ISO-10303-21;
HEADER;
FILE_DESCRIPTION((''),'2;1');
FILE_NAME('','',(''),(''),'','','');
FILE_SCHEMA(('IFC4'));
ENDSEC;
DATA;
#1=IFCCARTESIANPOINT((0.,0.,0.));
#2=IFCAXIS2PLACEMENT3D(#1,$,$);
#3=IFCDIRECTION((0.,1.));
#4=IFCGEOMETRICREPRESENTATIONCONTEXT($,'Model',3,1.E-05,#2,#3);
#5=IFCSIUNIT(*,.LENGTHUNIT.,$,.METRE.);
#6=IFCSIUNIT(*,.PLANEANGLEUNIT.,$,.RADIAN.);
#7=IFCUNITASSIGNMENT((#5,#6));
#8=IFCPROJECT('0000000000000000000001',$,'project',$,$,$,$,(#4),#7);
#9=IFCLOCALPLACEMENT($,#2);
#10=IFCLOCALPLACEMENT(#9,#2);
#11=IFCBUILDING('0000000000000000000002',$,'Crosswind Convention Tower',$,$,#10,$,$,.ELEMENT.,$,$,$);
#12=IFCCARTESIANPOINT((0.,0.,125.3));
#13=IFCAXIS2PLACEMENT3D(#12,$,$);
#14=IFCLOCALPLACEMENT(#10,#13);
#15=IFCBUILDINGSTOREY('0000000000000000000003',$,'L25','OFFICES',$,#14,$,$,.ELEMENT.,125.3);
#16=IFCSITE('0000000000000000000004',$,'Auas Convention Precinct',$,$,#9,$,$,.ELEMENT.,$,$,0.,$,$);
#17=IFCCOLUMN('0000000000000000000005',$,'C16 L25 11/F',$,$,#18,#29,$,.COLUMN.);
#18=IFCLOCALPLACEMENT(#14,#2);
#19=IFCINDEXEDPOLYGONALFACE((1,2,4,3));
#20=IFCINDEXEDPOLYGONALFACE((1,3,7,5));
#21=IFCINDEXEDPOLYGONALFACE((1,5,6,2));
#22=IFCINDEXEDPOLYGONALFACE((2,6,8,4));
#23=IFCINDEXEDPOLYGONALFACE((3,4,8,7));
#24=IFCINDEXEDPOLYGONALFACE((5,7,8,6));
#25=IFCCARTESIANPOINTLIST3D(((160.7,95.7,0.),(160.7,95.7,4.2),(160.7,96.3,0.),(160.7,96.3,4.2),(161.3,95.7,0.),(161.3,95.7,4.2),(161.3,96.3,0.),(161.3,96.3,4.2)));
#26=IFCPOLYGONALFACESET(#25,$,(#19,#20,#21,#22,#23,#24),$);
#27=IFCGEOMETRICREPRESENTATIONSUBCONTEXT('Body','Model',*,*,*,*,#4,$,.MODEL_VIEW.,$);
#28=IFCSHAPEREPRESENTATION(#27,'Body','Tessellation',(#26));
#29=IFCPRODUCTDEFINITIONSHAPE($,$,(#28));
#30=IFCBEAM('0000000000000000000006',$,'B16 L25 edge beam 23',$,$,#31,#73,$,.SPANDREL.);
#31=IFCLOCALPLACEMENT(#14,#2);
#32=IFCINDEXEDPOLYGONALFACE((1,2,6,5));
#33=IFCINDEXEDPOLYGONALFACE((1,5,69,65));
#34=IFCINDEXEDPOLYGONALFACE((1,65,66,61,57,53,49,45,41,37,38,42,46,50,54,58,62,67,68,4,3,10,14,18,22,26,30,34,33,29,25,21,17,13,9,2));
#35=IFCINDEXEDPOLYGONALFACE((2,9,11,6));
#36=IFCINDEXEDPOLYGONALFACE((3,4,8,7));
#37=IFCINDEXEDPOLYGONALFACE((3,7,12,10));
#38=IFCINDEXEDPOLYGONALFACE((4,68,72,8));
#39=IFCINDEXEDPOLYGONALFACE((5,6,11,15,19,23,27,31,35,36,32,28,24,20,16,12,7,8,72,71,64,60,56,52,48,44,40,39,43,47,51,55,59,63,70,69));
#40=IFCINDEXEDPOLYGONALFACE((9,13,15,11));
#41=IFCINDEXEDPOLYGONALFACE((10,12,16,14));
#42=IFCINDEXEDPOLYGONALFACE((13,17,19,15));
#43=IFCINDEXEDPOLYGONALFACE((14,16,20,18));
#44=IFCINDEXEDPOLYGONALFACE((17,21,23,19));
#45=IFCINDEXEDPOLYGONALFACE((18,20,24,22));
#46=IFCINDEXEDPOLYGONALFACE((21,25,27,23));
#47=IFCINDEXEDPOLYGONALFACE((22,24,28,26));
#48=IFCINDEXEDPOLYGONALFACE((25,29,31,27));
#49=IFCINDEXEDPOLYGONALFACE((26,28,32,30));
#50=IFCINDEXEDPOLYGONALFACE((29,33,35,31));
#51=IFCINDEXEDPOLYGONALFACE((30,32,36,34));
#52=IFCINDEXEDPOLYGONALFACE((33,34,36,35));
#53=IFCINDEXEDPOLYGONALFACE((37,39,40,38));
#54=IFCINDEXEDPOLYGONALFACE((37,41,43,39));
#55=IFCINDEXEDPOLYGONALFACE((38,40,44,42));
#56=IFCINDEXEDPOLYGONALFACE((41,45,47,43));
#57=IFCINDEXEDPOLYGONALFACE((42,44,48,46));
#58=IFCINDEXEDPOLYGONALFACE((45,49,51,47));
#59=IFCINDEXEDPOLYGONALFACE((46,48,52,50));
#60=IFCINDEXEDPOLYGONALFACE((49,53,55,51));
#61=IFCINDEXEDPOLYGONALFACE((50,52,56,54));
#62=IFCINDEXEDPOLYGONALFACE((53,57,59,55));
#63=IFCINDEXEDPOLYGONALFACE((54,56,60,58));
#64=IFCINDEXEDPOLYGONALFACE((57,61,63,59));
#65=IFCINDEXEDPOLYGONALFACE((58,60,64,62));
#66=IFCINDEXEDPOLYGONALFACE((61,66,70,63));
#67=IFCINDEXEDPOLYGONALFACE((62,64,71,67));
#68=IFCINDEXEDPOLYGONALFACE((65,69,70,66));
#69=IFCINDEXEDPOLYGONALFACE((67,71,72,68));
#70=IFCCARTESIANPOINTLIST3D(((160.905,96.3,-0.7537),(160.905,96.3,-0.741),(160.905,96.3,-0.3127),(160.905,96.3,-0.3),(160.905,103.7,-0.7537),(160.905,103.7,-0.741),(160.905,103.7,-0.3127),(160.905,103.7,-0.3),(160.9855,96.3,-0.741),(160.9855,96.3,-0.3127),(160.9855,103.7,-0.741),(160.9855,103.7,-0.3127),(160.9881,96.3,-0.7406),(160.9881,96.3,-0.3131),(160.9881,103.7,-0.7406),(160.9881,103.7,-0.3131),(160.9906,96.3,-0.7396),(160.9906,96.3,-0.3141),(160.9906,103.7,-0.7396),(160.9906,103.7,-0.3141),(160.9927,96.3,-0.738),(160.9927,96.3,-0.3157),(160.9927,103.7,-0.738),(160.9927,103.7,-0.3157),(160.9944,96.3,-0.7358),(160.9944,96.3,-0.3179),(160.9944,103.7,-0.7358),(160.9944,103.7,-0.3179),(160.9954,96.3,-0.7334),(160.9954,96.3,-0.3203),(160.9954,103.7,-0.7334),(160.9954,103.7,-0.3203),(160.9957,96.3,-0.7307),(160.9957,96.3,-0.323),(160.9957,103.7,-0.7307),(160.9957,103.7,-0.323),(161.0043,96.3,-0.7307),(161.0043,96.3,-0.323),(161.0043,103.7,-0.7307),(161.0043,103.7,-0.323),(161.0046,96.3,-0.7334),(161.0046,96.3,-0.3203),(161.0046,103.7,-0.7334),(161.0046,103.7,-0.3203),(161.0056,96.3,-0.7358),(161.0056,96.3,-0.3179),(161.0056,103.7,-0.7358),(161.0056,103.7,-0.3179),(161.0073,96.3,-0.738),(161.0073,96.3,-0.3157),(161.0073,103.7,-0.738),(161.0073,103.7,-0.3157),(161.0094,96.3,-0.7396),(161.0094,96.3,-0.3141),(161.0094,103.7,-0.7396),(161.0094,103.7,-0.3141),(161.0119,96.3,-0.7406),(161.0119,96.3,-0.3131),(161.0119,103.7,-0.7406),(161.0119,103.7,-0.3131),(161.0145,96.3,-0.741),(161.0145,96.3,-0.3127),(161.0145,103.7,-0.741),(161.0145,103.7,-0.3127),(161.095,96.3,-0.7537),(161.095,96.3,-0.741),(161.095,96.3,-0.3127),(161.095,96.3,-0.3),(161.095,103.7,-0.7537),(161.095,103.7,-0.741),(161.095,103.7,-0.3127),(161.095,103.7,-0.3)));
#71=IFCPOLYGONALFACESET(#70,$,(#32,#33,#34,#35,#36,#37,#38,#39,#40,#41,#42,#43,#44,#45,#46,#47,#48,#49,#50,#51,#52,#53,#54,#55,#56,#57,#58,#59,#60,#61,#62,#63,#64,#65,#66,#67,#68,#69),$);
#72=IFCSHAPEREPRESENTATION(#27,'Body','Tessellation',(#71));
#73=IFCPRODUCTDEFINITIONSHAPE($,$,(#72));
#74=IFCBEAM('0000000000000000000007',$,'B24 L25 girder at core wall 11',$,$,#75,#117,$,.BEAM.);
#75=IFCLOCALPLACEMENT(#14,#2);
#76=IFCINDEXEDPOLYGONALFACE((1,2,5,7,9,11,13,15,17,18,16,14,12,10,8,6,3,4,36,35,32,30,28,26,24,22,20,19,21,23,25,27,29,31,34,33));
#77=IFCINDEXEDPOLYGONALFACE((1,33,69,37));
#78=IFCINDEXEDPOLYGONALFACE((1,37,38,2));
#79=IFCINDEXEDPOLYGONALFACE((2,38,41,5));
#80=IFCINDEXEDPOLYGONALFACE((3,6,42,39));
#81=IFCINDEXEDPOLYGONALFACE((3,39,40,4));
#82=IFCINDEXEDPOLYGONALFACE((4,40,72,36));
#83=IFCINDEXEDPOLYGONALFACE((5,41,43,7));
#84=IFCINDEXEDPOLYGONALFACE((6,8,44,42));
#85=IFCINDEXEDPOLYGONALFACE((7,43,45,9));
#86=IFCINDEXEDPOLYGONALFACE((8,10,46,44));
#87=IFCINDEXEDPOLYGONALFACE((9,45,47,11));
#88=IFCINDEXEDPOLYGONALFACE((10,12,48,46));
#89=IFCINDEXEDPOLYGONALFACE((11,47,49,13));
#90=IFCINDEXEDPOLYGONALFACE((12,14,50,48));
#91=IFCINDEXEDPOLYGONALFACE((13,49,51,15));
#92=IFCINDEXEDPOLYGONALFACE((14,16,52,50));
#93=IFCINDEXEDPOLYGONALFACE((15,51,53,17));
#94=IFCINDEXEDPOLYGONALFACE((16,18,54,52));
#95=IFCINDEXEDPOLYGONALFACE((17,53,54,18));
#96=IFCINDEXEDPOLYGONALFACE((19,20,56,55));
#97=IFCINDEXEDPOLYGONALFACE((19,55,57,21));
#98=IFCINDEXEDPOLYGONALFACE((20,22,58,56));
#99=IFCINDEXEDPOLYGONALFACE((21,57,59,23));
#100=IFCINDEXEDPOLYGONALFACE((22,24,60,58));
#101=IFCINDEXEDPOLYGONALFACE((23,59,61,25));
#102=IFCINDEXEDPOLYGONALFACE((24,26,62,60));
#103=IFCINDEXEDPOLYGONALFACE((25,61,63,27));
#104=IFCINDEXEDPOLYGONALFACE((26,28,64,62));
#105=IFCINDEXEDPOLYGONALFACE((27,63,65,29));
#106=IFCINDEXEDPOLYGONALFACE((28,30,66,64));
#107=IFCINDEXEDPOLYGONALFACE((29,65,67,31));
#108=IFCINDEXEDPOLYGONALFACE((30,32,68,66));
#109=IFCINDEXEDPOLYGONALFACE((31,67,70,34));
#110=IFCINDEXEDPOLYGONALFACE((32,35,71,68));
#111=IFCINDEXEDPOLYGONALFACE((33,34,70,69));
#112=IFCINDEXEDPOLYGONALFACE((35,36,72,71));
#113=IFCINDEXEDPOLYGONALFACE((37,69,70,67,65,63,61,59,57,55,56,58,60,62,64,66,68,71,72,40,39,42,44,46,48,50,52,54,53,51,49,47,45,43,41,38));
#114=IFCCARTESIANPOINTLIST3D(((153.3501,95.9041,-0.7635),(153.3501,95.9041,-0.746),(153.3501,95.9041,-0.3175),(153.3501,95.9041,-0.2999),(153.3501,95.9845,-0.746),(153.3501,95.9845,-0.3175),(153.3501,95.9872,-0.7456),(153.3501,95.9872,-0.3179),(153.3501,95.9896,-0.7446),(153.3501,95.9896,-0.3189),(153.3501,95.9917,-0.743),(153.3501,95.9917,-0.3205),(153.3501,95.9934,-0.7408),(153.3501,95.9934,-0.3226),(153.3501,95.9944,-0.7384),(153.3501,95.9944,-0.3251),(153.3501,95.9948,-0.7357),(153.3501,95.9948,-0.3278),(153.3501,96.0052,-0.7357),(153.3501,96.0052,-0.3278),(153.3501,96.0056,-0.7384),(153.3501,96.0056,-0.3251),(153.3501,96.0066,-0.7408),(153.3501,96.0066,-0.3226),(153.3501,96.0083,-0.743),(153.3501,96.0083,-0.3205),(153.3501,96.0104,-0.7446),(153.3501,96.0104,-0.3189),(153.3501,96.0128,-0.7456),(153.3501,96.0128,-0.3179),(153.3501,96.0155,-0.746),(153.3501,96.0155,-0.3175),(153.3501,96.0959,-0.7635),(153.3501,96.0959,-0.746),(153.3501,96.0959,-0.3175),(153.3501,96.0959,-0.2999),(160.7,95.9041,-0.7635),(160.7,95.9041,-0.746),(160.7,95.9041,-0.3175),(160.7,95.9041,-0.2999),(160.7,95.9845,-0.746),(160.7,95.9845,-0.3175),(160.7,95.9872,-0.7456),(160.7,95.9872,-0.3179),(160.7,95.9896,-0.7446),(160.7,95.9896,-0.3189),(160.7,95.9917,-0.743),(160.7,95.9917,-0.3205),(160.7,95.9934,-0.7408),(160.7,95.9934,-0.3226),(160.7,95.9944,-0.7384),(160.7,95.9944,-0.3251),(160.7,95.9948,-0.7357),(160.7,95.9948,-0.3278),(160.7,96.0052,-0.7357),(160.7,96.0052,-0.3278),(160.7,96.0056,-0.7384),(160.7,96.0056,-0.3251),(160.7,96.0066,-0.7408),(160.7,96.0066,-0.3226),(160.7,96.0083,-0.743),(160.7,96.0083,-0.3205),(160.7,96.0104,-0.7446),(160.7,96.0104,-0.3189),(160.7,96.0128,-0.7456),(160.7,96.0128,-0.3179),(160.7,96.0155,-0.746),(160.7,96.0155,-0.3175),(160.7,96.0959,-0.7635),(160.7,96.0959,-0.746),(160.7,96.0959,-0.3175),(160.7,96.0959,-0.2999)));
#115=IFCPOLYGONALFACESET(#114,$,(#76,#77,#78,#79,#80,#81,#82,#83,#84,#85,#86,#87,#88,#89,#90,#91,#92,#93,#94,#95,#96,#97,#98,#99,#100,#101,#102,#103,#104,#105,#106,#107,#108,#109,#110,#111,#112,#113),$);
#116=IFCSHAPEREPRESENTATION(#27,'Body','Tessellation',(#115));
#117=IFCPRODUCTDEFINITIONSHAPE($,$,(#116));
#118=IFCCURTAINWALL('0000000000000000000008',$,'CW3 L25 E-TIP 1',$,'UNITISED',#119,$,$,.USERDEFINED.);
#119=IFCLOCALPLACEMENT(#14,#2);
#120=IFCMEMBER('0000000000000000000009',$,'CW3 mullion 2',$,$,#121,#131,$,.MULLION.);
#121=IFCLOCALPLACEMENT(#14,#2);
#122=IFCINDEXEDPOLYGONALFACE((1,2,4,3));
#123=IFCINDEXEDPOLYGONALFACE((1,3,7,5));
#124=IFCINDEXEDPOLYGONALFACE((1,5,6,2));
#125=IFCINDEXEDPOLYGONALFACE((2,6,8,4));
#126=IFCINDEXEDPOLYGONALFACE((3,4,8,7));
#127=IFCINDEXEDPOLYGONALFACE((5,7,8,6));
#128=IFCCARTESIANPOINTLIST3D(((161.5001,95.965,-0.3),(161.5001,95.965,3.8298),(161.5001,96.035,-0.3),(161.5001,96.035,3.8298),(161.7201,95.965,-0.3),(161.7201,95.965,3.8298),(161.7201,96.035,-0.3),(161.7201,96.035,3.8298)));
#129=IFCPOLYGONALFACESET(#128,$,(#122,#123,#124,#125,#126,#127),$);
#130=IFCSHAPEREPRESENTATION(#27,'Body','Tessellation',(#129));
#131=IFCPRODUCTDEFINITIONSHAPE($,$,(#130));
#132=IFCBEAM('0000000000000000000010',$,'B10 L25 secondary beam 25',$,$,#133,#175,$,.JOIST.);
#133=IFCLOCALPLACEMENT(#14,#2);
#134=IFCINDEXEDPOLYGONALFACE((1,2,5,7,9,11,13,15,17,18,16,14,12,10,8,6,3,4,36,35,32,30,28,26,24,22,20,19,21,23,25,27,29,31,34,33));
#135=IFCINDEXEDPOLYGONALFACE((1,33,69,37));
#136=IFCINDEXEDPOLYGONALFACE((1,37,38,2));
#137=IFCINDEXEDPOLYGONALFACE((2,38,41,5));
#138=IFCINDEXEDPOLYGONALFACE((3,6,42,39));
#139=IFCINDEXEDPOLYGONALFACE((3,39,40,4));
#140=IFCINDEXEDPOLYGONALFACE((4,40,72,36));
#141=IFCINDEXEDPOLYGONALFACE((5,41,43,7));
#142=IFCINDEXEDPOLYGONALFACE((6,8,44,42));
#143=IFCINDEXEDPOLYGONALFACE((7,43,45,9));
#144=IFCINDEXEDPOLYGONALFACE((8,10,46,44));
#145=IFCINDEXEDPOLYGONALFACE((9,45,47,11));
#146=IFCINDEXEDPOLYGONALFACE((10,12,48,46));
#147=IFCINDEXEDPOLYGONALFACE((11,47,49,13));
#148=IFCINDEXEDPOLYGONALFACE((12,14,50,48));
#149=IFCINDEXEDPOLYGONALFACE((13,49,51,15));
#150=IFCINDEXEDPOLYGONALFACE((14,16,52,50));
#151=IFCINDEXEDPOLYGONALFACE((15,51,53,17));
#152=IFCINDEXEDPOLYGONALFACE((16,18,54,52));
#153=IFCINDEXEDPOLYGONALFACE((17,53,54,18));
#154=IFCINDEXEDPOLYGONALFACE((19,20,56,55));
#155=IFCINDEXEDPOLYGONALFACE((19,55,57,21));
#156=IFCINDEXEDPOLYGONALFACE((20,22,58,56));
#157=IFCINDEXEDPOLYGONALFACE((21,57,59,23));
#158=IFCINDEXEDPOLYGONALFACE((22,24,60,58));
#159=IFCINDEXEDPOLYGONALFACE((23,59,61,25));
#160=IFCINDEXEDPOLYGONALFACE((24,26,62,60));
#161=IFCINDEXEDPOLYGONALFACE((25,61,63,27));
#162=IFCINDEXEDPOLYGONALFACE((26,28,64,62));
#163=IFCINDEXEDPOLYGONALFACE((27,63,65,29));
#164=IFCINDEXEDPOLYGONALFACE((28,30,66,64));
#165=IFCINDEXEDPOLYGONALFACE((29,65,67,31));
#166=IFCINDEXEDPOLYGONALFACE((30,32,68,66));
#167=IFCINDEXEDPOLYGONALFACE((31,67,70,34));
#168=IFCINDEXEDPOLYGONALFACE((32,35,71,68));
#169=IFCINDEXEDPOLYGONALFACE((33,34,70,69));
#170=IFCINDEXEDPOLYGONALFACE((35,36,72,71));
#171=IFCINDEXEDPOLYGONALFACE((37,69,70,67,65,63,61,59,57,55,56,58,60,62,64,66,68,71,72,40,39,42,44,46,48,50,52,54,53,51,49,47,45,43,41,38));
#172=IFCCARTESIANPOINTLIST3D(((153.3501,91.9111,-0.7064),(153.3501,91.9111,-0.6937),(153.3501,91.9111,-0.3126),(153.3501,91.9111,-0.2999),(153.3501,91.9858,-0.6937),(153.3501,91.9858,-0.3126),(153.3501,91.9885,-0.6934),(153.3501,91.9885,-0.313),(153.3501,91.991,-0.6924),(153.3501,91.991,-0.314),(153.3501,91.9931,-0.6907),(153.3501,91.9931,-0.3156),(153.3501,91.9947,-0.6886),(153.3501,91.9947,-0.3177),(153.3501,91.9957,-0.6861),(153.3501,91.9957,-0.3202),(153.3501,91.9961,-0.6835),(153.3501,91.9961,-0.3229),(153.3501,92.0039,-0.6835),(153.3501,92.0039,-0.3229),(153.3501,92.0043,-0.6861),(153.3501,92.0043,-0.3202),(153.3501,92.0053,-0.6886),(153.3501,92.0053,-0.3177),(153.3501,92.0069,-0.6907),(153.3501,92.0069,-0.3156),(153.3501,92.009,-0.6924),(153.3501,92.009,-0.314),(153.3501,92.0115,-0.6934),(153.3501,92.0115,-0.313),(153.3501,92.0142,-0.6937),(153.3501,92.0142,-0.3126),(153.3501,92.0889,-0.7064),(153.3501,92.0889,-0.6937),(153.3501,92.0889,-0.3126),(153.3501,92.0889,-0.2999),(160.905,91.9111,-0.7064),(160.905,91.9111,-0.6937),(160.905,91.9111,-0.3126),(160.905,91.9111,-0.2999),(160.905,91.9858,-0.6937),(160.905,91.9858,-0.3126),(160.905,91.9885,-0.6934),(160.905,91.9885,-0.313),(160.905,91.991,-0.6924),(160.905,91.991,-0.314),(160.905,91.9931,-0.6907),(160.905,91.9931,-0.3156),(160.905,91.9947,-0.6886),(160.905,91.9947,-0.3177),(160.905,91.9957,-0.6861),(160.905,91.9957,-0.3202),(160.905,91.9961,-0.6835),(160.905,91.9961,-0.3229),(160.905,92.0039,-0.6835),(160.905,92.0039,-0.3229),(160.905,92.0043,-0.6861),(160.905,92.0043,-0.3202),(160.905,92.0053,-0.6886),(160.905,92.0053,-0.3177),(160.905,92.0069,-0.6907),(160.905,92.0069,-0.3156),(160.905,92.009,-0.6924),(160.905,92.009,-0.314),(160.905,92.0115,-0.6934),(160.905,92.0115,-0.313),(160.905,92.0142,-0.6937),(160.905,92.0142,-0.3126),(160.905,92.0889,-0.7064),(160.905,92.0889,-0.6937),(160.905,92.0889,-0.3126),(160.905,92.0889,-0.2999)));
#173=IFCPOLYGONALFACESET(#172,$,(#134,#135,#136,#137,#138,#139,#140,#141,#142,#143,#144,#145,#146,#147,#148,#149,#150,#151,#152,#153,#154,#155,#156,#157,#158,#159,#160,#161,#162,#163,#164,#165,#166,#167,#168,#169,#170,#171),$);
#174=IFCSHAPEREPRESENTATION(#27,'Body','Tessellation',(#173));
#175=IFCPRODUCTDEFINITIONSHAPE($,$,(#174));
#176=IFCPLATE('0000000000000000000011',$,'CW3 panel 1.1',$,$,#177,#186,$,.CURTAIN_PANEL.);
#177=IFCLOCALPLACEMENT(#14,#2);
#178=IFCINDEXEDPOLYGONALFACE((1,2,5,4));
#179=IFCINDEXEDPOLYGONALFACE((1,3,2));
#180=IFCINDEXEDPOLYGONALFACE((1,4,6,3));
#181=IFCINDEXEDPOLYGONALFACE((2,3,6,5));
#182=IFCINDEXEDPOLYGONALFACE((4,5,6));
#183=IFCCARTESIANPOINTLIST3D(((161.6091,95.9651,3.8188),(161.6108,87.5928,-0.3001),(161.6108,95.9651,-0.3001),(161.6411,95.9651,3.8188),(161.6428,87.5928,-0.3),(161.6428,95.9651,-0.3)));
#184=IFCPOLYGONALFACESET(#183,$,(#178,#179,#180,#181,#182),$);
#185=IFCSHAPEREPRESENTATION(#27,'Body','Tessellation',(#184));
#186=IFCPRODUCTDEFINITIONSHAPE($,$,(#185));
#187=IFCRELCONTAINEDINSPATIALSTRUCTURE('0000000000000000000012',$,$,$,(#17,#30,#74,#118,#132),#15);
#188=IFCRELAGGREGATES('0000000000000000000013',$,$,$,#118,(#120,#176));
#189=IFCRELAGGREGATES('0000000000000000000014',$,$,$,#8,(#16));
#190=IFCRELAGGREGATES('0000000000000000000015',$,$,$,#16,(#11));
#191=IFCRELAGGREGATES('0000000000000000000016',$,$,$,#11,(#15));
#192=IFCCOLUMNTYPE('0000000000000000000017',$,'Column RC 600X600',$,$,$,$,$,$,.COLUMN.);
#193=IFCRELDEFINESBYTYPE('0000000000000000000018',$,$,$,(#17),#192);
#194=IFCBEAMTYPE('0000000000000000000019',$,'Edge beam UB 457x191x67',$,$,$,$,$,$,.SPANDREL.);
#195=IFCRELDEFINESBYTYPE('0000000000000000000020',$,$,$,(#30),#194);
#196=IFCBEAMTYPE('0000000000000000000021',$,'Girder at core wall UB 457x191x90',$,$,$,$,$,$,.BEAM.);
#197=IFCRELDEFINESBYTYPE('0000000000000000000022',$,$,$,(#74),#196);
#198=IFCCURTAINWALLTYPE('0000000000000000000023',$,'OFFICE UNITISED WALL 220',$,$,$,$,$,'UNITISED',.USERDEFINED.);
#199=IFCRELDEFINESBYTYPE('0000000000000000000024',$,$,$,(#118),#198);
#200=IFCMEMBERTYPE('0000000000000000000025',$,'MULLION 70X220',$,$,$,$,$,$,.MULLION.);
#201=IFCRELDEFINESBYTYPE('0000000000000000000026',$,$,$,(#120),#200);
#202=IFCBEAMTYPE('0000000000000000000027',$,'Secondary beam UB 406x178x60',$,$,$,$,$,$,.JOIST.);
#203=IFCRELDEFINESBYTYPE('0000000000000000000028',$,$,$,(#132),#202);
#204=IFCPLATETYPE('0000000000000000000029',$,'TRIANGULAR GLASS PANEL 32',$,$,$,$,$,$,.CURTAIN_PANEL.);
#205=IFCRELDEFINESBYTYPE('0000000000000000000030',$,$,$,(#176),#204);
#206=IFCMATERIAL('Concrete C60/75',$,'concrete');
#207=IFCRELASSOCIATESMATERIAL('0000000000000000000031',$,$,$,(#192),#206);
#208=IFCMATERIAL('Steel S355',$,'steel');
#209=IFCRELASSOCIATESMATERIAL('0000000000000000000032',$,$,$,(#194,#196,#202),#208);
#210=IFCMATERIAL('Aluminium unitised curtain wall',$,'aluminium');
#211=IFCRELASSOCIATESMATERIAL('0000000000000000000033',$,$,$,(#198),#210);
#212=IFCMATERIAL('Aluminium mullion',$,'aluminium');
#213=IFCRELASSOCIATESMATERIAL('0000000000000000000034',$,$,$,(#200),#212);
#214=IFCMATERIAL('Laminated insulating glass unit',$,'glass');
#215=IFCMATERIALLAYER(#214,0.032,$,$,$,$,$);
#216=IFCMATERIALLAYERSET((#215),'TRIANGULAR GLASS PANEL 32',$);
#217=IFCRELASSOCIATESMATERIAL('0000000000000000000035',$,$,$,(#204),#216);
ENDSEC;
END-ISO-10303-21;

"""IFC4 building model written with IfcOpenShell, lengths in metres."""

from ifc_helpers import new_model, si_unit, direction, frame, origin, origin_2d, place, context, subcontext, project, spatial, polyline, rectangle, i_section, outline, extrude, material, layer, layer_set, material_profile, profile_set, type_object, element, aggregate, save


model = new_model("IFC4")

# Units and contexts
model_context = context("Model", 3, precision=1e-05, world=origin(), true_north=direction((0.0, 1.0)))
body_context = subcontext(model_context, "Body", "Model", "MODEL_VIEW")
ifc_project = project(units=[si_unit("LENGTHUNIT", "METRE"), si_unit("PLANEANGLEUNIT", "RADIAN")], contexts=[model_context])

# Site, building, storey
site_placement = place(None, origin())
site = spatial("IfcSite", under=ifc_project, at=site_placement, Name="Auas Convention Precinct", CompositionType="ELEMENT", RefElevation=0.0)
building_placement = place(site_placement, origin())
building = spatial("IfcBuilding", under=site, at=building_placement, Name="Crosswind Convention Tower", CompositionType="ELEMENT")
storey_placement = place(building_placement, frame((0.0, 0.0, 125.3)))
storey = spatial("IfcBuildingStorey", under=building, at=storey_placement, Name="L25", Description="OFFICES", CompositionType="ELEMENT", Elevation=125.3)

# Column
ifc_material_1 = material(Name="Concrete C60/75", Category="concrete")
ifc_material_profile_1 = material_profile(ifc_material_1, rectangle(XDim=0.6001, YDim=0.6001, at=origin_2d()), Name="RC 600X600")
ifc_profile_set_1 = profile_set([ifc_material_profile_1], Name="Concrete C60/75")
column_type = type_object("IfcColumnType", Name="Column RC 600X600", PredefinedType="COLUMN", material=ifc_profile_set_1)
column_placement = place(storey_placement, frame((161.0, 96.0, 0.0), z_axis=(0.0, 0.0, 1.0), x_axis=(1.0, 0.0, 0.0)))
element("IfcColumn", 1, at=column_placement, inside=storey, type_object=column_type, Name="C16 L25 11/F", PredefinedType="COLUMN", context=body_context, shape_type="SweptSolid", body=[
    extrude(rectangle(XDim=0.6001, YDim=0.6001, at=origin_2d()), origin(), (0.0, 0.0, 1.0), 4.2),
])

# Beams
ifc_material_2 = material(Name="Steel S355", Category="steel")
ifc_material_profile_2 = material_profile(ifc_material_2, i_section(OverallWidth=0.1899, OverallDepth=0.4536, WebThickness=0.0085, FlangeThickness=0.0127, FilletRadius=0.0103, at=origin_2d()), Name="UB 457x191x67")
ifc_profile_set_2 = profile_set([ifc_material_profile_2], Name="Steel S355")
beam_type_1 = type_object("IfcBeamType", Name="Edge beam UB 457x191x67", PredefinedType="SPANDREL", material=ifc_profile_set_2)
beam_1_placement = place(storey_placement, frame((161.0, 96.3, -0.5269), z_axis=(0.0, 1.0, 0.0), x_axis=(-1.0, 0.0, 0.0)))
element("IfcBeam", 2, at=beam_1_placement, inside=storey, type_object=beam_type_1, Name="B16 L25 edge beam 23", PredefinedType="SPANDREL", context=body_context, shape_type="SweptSolid", body=[
    extrude(i_section(OverallWidth=0.1899, OverallDepth=0.4536, WebThickness=0.0085, FlangeThickness=0.0127, FilletRadius=0.0103, at=origin_2d()), origin(), (0.0, 0.0, 1.0), 7.3999),
])
ifc_material_profile_3 = material_profile(ifc_material_2, i_section(OverallWidth=0.1919, OverallDepth=0.4636, WebThickness=0.0105, FlangeThickness=0.0176, FilletRadius=0.0103, at=origin_2d()), Name="UB 457x191x90")
ifc_profile_set_3 = profile_set([ifc_material_profile_3], Name="Steel S355")
beam_type_2 = type_object("IfcBeamType", Name="Girder at core wall UB 457x191x90", PredefinedType="BEAM", material=ifc_profile_set_3)
beam_2_placement = place(storey_placement, frame((153.3501, 96.0, -0.5317), z_axis=(1.0, 0.0, 0.0), x_axis=(0.0, 1.0, 0.0)))
element("IfcBeam", 3, at=beam_2_placement, inside=storey, type_object=beam_type_2, Name="B24 L25 girder at core wall 11", PredefinedType="BEAM", context=body_context, shape_type="SweptSolid", body=[
    extrude(i_section(OverallWidth=0.1919, OverallDepth=0.4636, WebThickness=0.0105, FlangeThickness=0.0176, FilletRadius=0.0103, at=origin_2d()), origin(), (0.0, 0.0, 1.0), 7.3499),
])

# Curtain wall, member
ifc_material_3 = material(Name="Aluminium unitised curtain wall", Category="aluminium")
curtain_wall_type = type_object("IfcCurtainWallType", Name="OFFICE UNITISED WALL 220", ElementType="UNITISED", PredefinedType="USERDEFINED", material=ifc_material_3)
curtain_wall_placement = place(storey_placement, origin())
curtain_wall = element("IfcCurtainWall", 4, at=curtain_wall_placement, inside=storey, type_object=curtain_wall_type, Name="CW3 L25 E-TIP 1", ObjectType="UNITISED", PredefinedType="USERDEFINED")
ifc_material_4 = material(Name="Aluminium mullion", Category="aluminium")
ifc_material_profile_4 = material_profile(ifc_material_4, rectangle(XDim=0.22, YDim=0.0701, at=origin_2d()), Name="AL 220X70")
ifc_profile_set_4 = profile_set([ifc_material_profile_4], Name="Aluminium mullion")
member_type = type_object("IfcMemberType", Name="MULLION 70X220", PredefinedType="MULLION", material=ifc_profile_set_4)
member_placement = place(storey_placement, frame((161.6101, 96.0, -0.3), z_axis=(0.0, 0.0, 1.0), x_axis=(1.0, 0.0, 0.0)))
member = element("IfcMember", 5, at=member_placement, type_object=member_type, Name="CW3 mullion 2", PredefinedType="MULLION", context=body_context, shape_type="SweptSolid", body=[
    extrude(rectangle(XDim=0.22, YDim=0.0701, at=origin_2d()), origin(), (0.0, 0.0, 1.0), 4.1299),
])

# Beam
ifc_material_profile_5 = material_profile(ifc_material_2, i_section(OverallWidth=0.1777, OverallDepth=0.4065, WebThickness=0.0078, FlangeThickness=0.0127, FilletRadius=0.0103, at=origin_2d()), Name="UB 406x178x60")
ifc_profile_set_5 = profile_set([ifc_material_profile_5], Name="Steel S355")
beam_type_3 = type_object("IfcBeamType", Name="Secondary beam UB 406x178x60", PredefinedType="JOIST", material=ifc_profile_set_5)
beam_3_placement = place(storey_placement, frame((153.3501, 92.0, -0.5032), z_axis=(1.0, 0.0, 0.0), x_axis=(0.0, 1.0, 0.0)))
element("IfcBeam", 6, at=beam_3_placement, inside=storey, type_object=beam_type_3, Name="B10 L25 secondary beam 25", PredefinedType="JOIST", context=body_context, shape_type="SweptSolid", body=[
    extrude(i_section(OverallWidth=0.1777, OverallDepth=0.4065, WebThickness=0.0078, FlangeThickness=0.0127, FilletRadius=0.0103, at=origin_2d()), origin(), (0.0, 0.0, 1.0), 7.5549),
])

# Plate
ifc_material_5 = material(Name="Laminated insulating glass unit", Category="glass")
ifc_layer_1 = layer(ifc_material_5, 0.032)
ifc_layer_set_1 = layer_set([ifc_layer_1], Name="TRIANGULAR GLASS PANEL 32")
plate_type = type_object("IfcPlateType", Name="TRIANGULAR GLASS PANEL 32", PredefinedType="CURTAIN_PANEL", material=ifc_layer_set_1)
plate_1_placement = place(storey_placement, frame((161.6428, 95.9651, -0.3), z_axis=(1.0, 0.0, 0.000415), x_axis=(-0.000415, 0.0, 1.0)))
plate_1 = element("IfcPlate", 7, at=plate_1_placement, type_object=plate_type, Name="CW3 panel 1.1", PredefinedType="CURTAIN_PANEL", context=body_context, shape_type="SweptSolid", body=[
    extrude(outline(polyline([(0.0, 0.0), (4.1189, 0.0), (0.0, 8.3723), (0.0, 0.0)])), origin(), (0.0, 0.0, -1.0), 0.032),
])
aggregate(curtain_wall, [member, plate_1])

save(model, "model.ifc")
